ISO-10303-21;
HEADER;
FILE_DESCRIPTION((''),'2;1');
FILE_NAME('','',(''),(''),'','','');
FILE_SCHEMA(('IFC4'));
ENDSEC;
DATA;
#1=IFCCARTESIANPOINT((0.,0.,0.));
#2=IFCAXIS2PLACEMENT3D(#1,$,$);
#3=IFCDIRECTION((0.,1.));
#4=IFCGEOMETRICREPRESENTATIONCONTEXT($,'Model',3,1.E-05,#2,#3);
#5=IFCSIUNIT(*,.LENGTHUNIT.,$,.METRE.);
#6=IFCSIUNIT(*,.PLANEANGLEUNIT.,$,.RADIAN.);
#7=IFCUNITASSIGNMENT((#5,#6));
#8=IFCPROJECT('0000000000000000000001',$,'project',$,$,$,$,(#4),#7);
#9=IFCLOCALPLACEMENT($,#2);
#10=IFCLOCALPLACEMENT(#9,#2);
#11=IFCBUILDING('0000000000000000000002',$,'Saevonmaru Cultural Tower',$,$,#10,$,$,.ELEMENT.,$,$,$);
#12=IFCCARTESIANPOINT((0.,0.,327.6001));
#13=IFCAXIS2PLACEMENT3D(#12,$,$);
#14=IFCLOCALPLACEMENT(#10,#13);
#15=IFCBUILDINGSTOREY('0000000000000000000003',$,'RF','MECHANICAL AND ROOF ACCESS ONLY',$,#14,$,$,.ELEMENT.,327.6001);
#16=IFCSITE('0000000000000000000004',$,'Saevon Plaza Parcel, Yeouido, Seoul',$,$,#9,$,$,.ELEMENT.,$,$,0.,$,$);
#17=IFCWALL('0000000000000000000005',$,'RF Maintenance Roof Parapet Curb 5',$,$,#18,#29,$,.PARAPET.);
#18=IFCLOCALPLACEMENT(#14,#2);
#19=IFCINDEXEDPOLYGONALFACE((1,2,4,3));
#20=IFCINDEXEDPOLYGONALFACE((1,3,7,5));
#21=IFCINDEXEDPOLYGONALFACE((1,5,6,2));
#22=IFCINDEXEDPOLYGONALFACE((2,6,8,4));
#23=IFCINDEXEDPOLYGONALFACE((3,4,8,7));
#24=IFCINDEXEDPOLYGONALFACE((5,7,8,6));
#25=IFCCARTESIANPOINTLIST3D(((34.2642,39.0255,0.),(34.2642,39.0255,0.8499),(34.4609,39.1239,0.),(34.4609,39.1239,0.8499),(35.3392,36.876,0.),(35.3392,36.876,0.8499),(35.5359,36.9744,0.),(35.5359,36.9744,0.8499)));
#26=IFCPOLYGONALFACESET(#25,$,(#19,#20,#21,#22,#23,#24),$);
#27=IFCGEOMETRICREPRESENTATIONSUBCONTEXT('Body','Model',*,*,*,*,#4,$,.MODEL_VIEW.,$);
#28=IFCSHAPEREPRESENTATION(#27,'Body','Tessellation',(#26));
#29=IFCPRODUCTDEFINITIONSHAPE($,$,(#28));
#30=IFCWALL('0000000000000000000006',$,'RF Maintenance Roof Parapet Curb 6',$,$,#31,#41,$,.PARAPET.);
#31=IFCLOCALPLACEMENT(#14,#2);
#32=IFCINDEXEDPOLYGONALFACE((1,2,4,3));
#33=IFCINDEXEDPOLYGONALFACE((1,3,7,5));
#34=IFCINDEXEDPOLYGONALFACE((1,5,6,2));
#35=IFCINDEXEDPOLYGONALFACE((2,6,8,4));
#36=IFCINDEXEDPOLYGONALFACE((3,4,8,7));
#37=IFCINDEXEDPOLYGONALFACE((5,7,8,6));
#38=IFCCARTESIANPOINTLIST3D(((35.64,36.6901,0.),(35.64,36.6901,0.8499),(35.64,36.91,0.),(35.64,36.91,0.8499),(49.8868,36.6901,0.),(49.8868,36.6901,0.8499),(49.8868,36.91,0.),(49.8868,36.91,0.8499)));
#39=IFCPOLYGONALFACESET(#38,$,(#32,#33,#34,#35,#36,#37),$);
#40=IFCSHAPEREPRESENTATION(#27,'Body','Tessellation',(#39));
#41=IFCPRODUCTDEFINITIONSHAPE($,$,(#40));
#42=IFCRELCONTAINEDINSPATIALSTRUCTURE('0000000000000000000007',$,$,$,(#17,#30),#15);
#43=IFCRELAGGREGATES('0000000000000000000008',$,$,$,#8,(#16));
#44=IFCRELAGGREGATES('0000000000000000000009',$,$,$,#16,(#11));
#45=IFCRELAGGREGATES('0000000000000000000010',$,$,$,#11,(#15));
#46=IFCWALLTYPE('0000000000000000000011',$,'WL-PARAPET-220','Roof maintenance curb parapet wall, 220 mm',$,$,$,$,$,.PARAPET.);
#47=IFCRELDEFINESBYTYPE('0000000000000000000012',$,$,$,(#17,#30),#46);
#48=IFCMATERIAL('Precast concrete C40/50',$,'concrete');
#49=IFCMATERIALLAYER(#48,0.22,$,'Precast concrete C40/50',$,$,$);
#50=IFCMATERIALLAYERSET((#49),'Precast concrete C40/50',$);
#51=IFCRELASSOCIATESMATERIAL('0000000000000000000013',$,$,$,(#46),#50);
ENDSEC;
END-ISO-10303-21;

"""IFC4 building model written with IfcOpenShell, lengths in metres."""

from ifc_helpers import new_model, si_unit, direction, frame, frame_2d, origin, place, context, subcontext, project, spatial, rectangle, extrude, material, layer, layer_set, type_object, element, save


model = new_model("IFC4")

# Units and contexts
model_context = context("Model", 3, precision=1e-05, world=origin(), true_north=direction((0.0, 1.0)))
body_context = subcontext(model_context, "Body", "Model", "MODEL_VIEW")
ifc_project = project(units=[si_unit("LENGTHUNIT", "METRE"), si_unit("PLANEANGLEUNIT", "RADIAN")], contexts=[model_context])

# Site, building, storey
site_placement = place(None, origin())
site = spatial("IfcSite", under=ifc_project, at=site_placement, Name="Saevon Plaza Parcel, Yeouido, Seoul", CompositionType="ELEMENT", RefElevation=0.0)
building_placement = place(site_placement, origin())
building = spatial("IfcBuilding", under=site, at=building_placement, Name="Saevonmaru Cultural Tower", CompositionType="ELEMENT")
storey_placement = place(building_placement, frame((0.0, 0.0, 327.6001)))
storey = spatial("IfcBuildingStorey", under=building, at=storey_placement, Name="RF", Description="MECHANICAL AND ROOF ACCESS ONLY", CompositionType="ELEMENT", Elevation=327.6001)

# Walls
ifc_material_1 = material(Name="Precast concrete C40/50", Category="concrete")
ifc_layer_1 = layer(ifc_material_1, 0.22, Name="Precast concrete C40/50")
ifc_layer_set_1 = layer_set([ifc_layer_1], Name="Precast concrete C40/50")
wall_type = type_object("IfcWallType", Name="WL-PARAPET-220", Description="Roof maintenance curb parapet wall, 220 mm", PredefinedType="PARAPET", material=ifc_layer_set_1)
wall_1_placement = place(storey_placement, frame((34.3625, 39.0747, 0.0), z_axis=(0.0, 0.0, 1.0), x_axis=(0.447295, -0.894387, 0.0)))
element("IfcWall", 1, at=wall_1_placement, inside=storey, type_object=wall_type, Name="RF Maintenance Roof Parapet Curb 5", PredefinedType="PARAPET", context=body_context, shape_type="SweptSolid", body=[
    extrude(rectangle(XDim=2.4033, YDim=0.22, at=frame_2d((1.2017, 0.0))), origin(), (0.0, 0.0, 1.0), 0.8499),
])
wall_2_placement = place(storey_placement, frame((35.6399, 36.8, 0.0), z_axis=(0.0, 0.0, 1.0), x_axis=(1.0, 0.0, 0.0)))
element("IfcWall", 2, at=wall_2_placement, inside=storey, type_object=wall_type, Name="RF Maintenance Roof Parapet Curb 6", PredefinedType="PARAPET", context=body_context, shape_type="SweptSolid", body=[
    extrude(rectangle(XDim=14.2468, YDim=0.22, at=frame_2d((7.1235, 0.0))), origin(), (0.0, 0.0, 1.0), 0.8499),
])

save(model, "model.ifc")
